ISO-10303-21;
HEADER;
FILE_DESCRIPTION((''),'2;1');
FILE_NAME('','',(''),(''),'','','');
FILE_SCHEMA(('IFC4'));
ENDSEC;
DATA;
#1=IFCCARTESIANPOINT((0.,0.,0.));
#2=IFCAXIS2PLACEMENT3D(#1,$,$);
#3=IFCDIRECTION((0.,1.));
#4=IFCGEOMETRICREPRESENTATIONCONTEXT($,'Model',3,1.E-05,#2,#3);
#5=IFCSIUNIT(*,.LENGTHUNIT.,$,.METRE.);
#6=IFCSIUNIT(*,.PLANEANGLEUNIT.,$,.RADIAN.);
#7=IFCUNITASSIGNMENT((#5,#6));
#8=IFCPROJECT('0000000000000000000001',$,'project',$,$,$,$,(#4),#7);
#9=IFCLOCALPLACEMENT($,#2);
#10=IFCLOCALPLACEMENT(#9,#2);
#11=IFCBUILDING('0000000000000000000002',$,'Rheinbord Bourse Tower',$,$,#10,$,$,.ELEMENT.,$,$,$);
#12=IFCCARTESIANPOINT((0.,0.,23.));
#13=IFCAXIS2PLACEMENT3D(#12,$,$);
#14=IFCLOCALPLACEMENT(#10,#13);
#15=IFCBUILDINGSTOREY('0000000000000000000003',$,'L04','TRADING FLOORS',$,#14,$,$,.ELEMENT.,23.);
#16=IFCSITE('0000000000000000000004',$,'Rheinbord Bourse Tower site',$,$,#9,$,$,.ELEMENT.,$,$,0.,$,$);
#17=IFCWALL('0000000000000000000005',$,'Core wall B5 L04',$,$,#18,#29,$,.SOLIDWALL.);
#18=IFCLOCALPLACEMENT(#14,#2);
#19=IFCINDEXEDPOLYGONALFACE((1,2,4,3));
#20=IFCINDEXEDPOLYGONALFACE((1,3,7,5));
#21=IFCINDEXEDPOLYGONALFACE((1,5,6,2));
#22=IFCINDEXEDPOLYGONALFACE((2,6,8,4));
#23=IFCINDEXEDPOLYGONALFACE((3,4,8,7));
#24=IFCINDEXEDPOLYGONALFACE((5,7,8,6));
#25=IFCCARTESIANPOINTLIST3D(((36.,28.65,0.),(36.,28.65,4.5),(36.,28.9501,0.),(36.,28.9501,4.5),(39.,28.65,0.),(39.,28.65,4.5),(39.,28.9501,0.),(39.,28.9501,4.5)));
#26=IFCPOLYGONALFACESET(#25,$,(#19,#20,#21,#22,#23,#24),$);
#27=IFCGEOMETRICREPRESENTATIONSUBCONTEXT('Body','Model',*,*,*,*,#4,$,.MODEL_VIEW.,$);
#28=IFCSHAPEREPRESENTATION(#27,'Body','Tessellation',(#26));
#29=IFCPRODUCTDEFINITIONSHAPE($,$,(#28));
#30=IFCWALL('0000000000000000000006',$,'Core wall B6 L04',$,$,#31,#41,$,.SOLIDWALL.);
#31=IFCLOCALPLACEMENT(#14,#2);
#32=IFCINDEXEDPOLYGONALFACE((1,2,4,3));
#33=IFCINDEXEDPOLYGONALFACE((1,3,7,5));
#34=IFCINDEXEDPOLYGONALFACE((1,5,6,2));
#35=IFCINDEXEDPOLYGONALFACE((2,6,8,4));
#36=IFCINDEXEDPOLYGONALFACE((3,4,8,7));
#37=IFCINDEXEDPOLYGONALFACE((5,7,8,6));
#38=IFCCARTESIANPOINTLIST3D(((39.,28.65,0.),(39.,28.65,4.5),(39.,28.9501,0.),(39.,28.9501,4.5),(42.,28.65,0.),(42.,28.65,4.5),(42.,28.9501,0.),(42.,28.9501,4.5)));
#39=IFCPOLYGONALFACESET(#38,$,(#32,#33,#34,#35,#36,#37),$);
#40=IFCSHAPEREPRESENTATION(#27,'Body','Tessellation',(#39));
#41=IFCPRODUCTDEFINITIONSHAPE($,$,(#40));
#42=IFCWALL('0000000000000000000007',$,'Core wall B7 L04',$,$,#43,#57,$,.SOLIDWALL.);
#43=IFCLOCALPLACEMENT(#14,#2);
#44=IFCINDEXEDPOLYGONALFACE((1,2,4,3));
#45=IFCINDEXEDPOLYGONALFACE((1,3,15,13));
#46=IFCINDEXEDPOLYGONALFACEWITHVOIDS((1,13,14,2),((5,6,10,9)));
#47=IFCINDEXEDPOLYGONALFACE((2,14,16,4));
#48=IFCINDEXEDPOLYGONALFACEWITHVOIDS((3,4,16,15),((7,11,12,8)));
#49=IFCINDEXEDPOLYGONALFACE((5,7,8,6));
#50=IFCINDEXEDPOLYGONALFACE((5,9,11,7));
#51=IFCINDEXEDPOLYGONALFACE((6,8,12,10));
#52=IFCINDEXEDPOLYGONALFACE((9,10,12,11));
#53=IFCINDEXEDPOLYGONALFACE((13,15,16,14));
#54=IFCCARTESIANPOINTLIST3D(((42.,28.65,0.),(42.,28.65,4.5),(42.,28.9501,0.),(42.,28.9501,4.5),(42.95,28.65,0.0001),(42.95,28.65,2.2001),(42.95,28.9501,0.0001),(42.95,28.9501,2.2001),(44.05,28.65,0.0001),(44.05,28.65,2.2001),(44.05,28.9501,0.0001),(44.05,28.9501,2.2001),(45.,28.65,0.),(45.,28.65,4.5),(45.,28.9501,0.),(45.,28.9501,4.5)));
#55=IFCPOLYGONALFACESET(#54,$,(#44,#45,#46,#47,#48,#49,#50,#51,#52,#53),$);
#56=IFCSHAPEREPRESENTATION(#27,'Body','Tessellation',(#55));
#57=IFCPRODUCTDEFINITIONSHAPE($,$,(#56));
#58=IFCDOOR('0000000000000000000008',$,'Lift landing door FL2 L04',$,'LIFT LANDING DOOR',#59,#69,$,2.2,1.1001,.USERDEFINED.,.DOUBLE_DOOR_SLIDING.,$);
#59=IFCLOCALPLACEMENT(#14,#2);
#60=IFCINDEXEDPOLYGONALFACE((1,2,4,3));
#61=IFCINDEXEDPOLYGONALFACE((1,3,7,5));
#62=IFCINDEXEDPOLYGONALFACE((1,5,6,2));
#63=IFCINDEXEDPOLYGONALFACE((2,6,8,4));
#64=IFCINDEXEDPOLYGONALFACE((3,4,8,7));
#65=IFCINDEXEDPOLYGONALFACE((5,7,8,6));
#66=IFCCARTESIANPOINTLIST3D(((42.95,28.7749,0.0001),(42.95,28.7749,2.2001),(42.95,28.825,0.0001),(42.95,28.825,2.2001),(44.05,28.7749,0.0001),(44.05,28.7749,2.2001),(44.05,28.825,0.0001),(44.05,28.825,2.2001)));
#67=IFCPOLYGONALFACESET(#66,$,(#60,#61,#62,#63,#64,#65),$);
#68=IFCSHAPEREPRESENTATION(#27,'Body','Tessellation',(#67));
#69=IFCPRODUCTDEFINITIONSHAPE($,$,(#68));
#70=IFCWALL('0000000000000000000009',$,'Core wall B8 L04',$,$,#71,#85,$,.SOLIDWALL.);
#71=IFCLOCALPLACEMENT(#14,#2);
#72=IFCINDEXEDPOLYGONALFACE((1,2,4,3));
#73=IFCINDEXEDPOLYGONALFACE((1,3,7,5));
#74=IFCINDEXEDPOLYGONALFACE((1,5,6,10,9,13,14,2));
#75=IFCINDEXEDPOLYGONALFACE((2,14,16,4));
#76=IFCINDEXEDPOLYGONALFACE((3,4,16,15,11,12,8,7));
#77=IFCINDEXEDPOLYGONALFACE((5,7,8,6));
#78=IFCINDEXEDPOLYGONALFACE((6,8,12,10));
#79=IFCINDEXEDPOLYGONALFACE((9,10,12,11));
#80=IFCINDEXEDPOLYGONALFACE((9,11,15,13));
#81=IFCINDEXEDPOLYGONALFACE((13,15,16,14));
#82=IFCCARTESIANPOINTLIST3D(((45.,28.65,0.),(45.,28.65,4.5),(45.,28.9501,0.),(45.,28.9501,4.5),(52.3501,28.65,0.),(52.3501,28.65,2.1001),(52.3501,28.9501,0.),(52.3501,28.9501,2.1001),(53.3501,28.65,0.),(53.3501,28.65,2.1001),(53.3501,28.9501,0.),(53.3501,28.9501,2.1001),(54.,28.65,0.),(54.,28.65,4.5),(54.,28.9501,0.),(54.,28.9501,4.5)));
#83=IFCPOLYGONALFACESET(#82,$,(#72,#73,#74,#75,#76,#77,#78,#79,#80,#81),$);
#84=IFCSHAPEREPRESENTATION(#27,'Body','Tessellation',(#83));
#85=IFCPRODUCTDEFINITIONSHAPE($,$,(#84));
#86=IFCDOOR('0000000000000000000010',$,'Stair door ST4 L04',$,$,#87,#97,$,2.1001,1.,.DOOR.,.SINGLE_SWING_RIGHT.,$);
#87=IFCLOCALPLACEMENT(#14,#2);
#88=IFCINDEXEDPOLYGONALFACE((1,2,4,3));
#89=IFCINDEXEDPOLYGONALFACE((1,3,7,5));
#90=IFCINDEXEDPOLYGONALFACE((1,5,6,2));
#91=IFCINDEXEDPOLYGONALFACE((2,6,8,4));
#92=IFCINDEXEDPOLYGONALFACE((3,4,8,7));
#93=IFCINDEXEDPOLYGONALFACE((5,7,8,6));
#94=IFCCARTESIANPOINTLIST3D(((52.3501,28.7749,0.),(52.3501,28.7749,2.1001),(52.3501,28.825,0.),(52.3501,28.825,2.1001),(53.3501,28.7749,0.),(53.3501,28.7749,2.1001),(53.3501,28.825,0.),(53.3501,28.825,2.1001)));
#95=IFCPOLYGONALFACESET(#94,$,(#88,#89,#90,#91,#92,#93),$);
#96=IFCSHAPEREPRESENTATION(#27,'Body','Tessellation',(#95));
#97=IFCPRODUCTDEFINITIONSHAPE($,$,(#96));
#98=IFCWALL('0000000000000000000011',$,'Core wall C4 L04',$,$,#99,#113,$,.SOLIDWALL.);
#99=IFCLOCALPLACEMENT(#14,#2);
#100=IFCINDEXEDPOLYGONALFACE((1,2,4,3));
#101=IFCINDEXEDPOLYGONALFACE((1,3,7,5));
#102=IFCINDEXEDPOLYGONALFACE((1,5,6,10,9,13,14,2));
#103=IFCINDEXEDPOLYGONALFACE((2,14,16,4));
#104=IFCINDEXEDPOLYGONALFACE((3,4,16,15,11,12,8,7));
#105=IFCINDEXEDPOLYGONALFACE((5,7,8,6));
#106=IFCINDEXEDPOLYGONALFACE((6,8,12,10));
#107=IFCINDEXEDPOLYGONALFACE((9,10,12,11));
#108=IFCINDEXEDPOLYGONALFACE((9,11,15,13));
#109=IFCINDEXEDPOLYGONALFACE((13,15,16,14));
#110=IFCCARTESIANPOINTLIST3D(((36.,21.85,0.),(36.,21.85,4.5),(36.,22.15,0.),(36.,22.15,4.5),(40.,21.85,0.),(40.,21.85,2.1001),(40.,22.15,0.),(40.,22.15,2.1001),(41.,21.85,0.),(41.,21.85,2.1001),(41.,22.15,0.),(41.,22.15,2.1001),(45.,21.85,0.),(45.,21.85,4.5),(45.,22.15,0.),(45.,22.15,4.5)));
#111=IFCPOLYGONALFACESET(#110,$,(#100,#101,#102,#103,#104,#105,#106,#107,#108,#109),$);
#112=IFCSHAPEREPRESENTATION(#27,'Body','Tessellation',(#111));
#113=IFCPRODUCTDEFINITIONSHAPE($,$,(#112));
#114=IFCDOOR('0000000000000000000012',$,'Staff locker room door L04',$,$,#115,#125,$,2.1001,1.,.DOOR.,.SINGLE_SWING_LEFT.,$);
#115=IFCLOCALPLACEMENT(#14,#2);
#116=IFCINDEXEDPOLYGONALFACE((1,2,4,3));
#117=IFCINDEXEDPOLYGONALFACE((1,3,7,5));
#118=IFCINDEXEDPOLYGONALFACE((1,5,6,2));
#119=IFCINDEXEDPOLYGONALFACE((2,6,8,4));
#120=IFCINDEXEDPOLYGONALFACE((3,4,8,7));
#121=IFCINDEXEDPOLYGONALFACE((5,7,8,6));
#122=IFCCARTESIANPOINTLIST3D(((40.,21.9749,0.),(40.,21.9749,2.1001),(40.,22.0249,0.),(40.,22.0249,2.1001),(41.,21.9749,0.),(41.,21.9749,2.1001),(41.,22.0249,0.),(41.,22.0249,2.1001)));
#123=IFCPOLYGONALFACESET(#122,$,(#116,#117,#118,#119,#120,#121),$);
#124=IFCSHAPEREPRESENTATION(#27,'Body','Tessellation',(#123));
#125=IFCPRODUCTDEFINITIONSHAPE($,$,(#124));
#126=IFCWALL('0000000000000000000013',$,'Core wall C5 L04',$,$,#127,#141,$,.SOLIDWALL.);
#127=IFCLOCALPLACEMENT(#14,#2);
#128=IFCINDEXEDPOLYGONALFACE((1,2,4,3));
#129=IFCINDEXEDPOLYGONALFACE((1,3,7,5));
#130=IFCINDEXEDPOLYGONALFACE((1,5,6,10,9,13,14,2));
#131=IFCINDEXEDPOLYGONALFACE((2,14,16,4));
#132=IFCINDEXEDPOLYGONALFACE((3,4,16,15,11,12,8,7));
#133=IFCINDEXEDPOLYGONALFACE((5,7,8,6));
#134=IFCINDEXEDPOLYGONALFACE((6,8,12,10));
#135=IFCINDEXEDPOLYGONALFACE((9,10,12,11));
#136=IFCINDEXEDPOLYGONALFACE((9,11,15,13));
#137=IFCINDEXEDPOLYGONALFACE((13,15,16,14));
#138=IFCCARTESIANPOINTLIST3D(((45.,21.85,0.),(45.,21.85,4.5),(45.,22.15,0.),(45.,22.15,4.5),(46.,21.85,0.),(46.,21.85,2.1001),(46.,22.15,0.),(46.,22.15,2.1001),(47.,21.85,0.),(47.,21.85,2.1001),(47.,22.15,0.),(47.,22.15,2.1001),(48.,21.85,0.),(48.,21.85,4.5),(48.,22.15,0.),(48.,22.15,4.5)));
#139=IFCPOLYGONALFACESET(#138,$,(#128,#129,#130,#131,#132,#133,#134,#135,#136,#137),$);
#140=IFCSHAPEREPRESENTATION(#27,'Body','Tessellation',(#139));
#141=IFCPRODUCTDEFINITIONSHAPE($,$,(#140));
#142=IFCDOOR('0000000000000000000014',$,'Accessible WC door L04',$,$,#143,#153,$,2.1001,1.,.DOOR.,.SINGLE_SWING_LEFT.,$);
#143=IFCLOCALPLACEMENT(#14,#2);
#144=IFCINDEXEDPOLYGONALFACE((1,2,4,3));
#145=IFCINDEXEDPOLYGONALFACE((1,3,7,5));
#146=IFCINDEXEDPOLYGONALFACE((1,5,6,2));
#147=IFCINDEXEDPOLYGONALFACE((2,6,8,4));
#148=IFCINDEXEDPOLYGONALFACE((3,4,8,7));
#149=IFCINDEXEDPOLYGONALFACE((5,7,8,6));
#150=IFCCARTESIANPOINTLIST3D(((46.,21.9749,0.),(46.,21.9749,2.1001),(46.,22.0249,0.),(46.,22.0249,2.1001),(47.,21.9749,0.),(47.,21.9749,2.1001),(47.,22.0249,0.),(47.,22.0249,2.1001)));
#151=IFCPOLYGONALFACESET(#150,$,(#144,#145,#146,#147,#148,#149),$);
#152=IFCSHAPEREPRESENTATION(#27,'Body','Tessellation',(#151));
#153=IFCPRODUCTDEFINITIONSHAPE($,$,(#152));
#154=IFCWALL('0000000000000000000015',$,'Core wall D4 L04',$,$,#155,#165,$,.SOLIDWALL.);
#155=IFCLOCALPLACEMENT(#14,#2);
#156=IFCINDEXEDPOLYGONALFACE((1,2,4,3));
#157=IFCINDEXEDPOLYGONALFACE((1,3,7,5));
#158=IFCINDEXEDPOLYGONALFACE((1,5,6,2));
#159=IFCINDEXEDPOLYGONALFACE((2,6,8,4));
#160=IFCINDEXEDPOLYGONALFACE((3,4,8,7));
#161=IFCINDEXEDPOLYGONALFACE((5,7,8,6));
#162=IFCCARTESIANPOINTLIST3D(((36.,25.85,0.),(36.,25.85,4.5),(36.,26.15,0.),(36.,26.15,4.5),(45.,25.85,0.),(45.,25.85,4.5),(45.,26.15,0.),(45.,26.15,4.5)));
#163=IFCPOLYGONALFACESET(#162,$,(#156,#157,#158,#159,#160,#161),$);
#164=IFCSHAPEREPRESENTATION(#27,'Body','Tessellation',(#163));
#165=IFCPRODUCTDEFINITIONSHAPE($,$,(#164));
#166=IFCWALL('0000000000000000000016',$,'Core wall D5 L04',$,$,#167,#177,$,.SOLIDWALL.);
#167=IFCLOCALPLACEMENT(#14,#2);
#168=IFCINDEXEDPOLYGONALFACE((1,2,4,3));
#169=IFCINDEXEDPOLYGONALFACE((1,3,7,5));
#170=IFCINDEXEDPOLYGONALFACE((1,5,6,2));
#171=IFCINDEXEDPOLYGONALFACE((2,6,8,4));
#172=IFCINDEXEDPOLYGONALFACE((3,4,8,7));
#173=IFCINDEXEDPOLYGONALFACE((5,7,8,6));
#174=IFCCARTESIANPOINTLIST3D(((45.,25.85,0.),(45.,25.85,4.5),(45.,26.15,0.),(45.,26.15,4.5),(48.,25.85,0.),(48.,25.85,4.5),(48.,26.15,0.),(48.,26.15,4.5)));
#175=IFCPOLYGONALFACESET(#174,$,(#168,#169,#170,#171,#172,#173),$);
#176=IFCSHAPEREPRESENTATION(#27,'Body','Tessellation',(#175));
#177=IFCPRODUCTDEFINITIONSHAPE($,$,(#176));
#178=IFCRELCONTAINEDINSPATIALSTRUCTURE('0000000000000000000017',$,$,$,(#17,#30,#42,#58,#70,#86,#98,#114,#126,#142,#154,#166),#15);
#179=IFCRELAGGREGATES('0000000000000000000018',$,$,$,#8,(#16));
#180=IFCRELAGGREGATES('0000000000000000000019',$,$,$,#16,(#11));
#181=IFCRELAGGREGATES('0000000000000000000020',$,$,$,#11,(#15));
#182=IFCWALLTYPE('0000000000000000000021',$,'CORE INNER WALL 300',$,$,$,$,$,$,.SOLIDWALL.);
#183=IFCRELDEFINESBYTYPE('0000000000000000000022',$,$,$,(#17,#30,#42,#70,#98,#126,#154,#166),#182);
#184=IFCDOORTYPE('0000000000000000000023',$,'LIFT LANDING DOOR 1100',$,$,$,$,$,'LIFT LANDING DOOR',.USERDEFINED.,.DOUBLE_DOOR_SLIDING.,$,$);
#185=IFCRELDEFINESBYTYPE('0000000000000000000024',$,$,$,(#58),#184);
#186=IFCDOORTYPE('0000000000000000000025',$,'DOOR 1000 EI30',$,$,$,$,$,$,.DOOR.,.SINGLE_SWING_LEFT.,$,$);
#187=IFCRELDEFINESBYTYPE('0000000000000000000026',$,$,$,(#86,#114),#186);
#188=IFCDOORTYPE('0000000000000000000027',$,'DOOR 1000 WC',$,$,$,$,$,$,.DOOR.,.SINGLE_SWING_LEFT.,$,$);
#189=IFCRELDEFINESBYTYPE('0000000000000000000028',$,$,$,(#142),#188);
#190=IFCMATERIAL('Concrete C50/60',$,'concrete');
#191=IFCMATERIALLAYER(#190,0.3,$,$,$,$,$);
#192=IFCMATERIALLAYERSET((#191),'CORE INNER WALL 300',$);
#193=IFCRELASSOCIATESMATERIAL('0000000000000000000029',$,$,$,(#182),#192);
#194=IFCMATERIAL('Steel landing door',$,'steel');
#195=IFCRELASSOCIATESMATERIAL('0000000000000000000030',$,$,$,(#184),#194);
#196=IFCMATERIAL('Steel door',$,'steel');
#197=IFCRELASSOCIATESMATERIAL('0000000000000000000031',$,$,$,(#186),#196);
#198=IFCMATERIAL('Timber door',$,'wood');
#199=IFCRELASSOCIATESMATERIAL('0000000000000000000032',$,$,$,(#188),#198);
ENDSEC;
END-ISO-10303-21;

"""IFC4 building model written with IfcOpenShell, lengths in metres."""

from ifc_helpers import new_model, si_unit, direction, frame, frame_2d, origin, place, context, subcontext, project, spatial, rectangle, extrude, material, layer, layer_set, type_object, element, fill, save


model = new_model("IFC4")

# Units and contexts
model_context = context("Model", 3, precision=1e-05, world=origin(), true_north=direction((0.0, 1.0)))
body_context = subcontext(model_context, "Body", "Model", "MODEL_VIEW")
ifc_project = project(units=[si_unit("LENGTHUNIT", "METRE"), si_unit("PLANEANGLEUNIT", "RADIAN")], contexts=[model_context])

# Site, building, storey
site_placement = place(None, origin())
site = spatial("IfcSite", under=ifc_project, at=site_placement, Name="Rheinbord Bourse Tower site", CompositionType="ELEMENT", RefElevation=0.0)
building_placement = place(site_placement, origin())
building = spatial("IfcBuilding", under=site, at=building_placement, Name="Rheinbord Bourse Tower", CompositionType="ELEMENT")
storey_placement = place(building_placement, frame((0.0, 0.0, 23.0)))
storey = spatial("IfcBuildingStorey", under=building, at=storey_placement, Name="L04", Description="TRADING FLOORS", CompositionType="ELEMENT", Elevation=23.0)

# Walls
ifc_material_1 = material(Name="Concrete C50/60", Category="concrete")
ifc_layer_1 = layer(ifc_material_1, 0.3)
ifc_layer_set_1 = layer_set([ifc_layer_1], Name="CORE INNER WALL 300")
wall_type_1 = type_object("IfcWallType", Name="CORE INNER WALL 300", PredefinedType="SOLIDWALL", material=ifc_layer_set_1)
for number, where, z_axis, x_axis, name in (
    (1, (36.0, 28.8, 0.0), (0.0, 0.0, 1.0), (1.0, 0.0, 0.0), "Core wall B5 L04"),
    (2, (39.0, 28.8, 0.0), (0.0, 0.0, 1.0), (1.0, 0.0, 0.0), "Core wall B6 L04"),
):
    element("IfcWall", number, at=place(storey_placement, frame(where, z_axis=z_axis, x_axis=x_axis)), inside=storey, type_object=wall_type_1, Name=name, PredefinedType="SOLIDWALL", context=body_context, shape_type="SweptSolid", body=[
        extrude(rectangle(XDim=3.0, YDim=0.3, at=frame_2d((1.5, 0.0))), origin(), (0.0, 0.0, 1.0), 4.5),
    ])

# Walls, openings, doors
wall_1_placement = place(storey_placement, frame((42.0, 28.8, 0.0), z_axis=(0.0, 0.0, 1.0), x_axis=(1.0, 0.0, 0.0)))
wall_1 = element("IfcWall", 3, at=wall_1_placement, inside=storey, type_object=wall_type_1, Name="Core wall B7 L04", PredefinedType="SOLIDWALL", context=body_context, shape_type="SweptSolid", body=[
    extrude(rectangle(XDim=3.0, YDim=0.3, at=frame_2d((1.5, 0.0))), origin(), (0.0, 0.0, 1.0), 4.5),
])
opening_1_placement = place(wall_1_placement, frame((0.95, 0.0, 0.0)))
opening_1 = element("IfcOpeningElement", 4, at=opening_1_placement, cuts=wall_1, PredefinedType="OPENING", context=body_context, shape_type="SweptSolid", body=[
    extrude(rectangle(XDim=1.1001, YDim=2.2, at=frame_2d((0.55, 1.1001))), frame((0.0, 0.1599, 0.0), z_axis=(0.0, -1.0, 0.0), x_axis=(1.0, 0.0, 0.0)), (0.0, 0.0, 1.0), 0.3201),
])
ifc_material_2 = material(Name="Steel landing door", Category="steel")
door_type_1 = type_object("IfcDoorType", Name="LIFT LANDING DOOR 1100", ElementType="LIFT LANDING DOOR", OperationType="DOUBLE_DOOR_SLIDING", PredefinedType="USERDEFINED", material=ifc_material_2)
door_1_placement = place(opening_1_placement, origin())
door_1 = element("IfcDoor", 5, at=door_1_placement, inside=storey, type_object=door_type_1, Name="Lift landing door FL2 L04", ObjectType="LIFT LANDING DOOR", OperationType="DOUBLE_DOOR_SLIDING", OverallHeight=2.2, OverallWidth=1.1001, PredefinedType="USERDEFINED", context=body_context, shape_type="SweptSolid", body=[
    extrude(rectangle(XDim=1.1001, YDim=2.2, at=frame_2d((0.55, 1.1001))), frame((0.0, 0.0249, 0.0), z_axis=(0.0, -1.0, 0.0), x_axis=(1.0, 0.0, 0.0)), (0.0, 0.0, 1.0), 0.05),
])
fill(opening_1, door_1)
wall_2_placement = place(storey_placement, frame((45.0, 28.8, 0.0), z_axis=(0.0, 0.0, 1.0), x_axis=(1.0, 0.0, 0.0)))
wall_2 = element("IfcWall", 6, at=wall_2_placement, inside=storey, type_object=wall_type_1, Name="Core wall B8 L04", PredefinedType="SOLIDWALL", context=body_context, shape_type="SweptSolid", body=[
    extrude(rectangle(XDim=9.0, YDim=0.3, at=frame_2d((4.5, 0.0))), origin(), (0.0, 0.0, 1.0), 4.5),
])
opening_2_placement = place(wall_2_placement, frame((7.3501, 0.0, 0.0)))
opening_2 = element("IfcOpeningElement", 7, at=opening_2_placement, cuts=wall_2, PredefinedType="OPENING", context=body_context, shape_type="SweptSolid", body=[
    extrude(rectangle(XDim=1.0, YDim=2.1001, at=frame_2d((0.5, 1.05))), frame((0.0, 0.1599, 0.0), z_axis=(0.0, -1.0, 0.0), x_axis=(1.0, 0.0, 0.0)), (0.0, 0.0, 1.0), 0.3201),
])
ifc_material_3 = material(Name="Steel door", Category="steel")
door_type_2 = type_object("IfcDoorType", Name="DOOR 1000 EI30", OperationType="SINGLE_SWING_LEFT", PredefinedType="DOOR", material=ifc_material_3)
door_2_placement = place(opening_2_placement, origin())
door_2 = element("IfcDoor", 8, at=door_2_placement, inside=storey, type_object=door_type_2, Name="Stair door ST4 L04", OperationType="SINGLE_SWING_RIGHT", OverallHeight=2.1001, OverallWidth=1.0, PredefinedType="DOOR", context=body_context, shape_type="SweptSolid", body=[
    extrude(rectangle(XDim=1.0, YDim=2.1001, at=frame_2d((0.5, 1.05))), frame((0.0, 0.0249, 0.0), z_axis=(0.0, -1.0, 0.0), x_axis=(1.0, 0.0, 0.0)), (0.0, 0.0, 1.0), 0.05),
])
fill(opening_2, door_2)
wall_3_placement = place(storey_placement, frame((36.0, 22.0, 0.0), z_axis=(0.0, 0.0, 1.0), x_axis=(1.0, 0.0, 0.0)))
wall_3 = element("IfcWall", 9, at=wall_3_placement, inside=storey, type_object=wall_type_1, Name="Core wall C4 L04", PredefinedType="SOLIDWALL", context=body_context, shape_type="SweptSolid", body=[
    extrude(rectangle(XDim=9.0, YDim=0.3, at=frame_2d((4.5, 0.0))), origin(), (0.0, 0.0, 1.0), 4.5),
])
opening_3_placement = place(wall_3_placement, frame((4.0, 0.0, 0.0)))
opening_3 = element("IfcOpeningElement", 10, at=opening_3_placement, cuts=wall_3, PredefinedType="OPENING", context=body_context, shape_type="SweptSolid", body=[
    extrude(rectangle(XDim=1.0, YDim=2.1001, at=frame_2d((0.5, 1.05))), frame((0.0, 0.1599, 0.0), z_axis=(0.0, -1.0, 0.0), x_axis=(1.0, 0.0, 0.0)), (0.0, 0.0, 1.0), 0.3201),
])
door_3_placement = place(opening_3_placement, origin())
door_3 = element("IfcDoor", 11, at=door_3_placement, inside=storey, type_object=door_type_2, Name="Staff locker room door L04", OperationType="SINGLE_SWING_LEFT", OverallHeight=2.1001, OverallWidth=1.0, PredefinedType="DOOR", context=body_context, shape_type="SweptSolid", body=[
    extrude(rectangle(XDim=1.0, YDim=2.1001, at=frame_2d((0.5, 1.05))), frame((0.0, 0.0249, 0.0), z_axis=(0.0, -1.0, 0.0), x_axis=(1.0, 0.0, 0.0)), (0.0, 0.0, 1.0), 0.05),
])
fill(opening_3, door_3)
wall_4_placement = place(storey_placement, frame((45.0, 22.0, 0.0), z_axis=(0.0, 0.0, 1.0), x_axis=(1.0, 0.0, 0.0)))
wall_4 = element("IfcWall", 12, at=wall_4_placement, inside=storey, type_object=wall_type_1, Name="Core wall C5 L04", PredefinedType="SOLIDWALL", context=body_context, shape_type="SweptSolid", body=[
    extrude(rectangle(XDim=3.0, YDim=0.3, at=frame_2d((1.5, 0.0))), origin(), (0.0, 0.0, 1.0), 4.5),
])
opening_4_placement = place(wall_4_placement, frame((1.0, 0.0, 0.0)))
opening_4 = element("IfcOpeningElement", 13, at=opening_4_placement, cuts=wall_4, PredefinedType="OPENING", context=body_context, shape_type="SweptSolid", body=[
    extrude(rectangle(XDim=1.0, YDim=2.1001, at=frame_2d((0.5, 1.05))), frame((0.0, 0.1599, 0.0), z_axis=(0.0, -1.0, 0.0), x_axis=(1.0, 0.0, 0.0)), (0.0, 0.0, 1.0), 0.3201),
])
ifc_material_4 = material(Name="Timber door", Category="wood")
door_type_3 = type_object("IfcDoorType", Name="DOOR 1000 WC", OperationType="SINGLE_SWING_LEFT", PredefinedType="DOOR", material=ifc_material_4)
door_4_placement = place(opening_4_placement, origin())
door_4 = element("IfcDoor", 14, at=door_4_placement, inside=storey, type_object=door_type_3, Name="Accessible WC door L04", OperationType="SINGLE_SWING_LEFT", OverallHeight=2.1001, OverallWidth=1.0, PredefinedType="DOOR", context=body_context, shape_type="SweptSolid", body=[
    extrude(rectangle(XDim=1.0, YDim=2.1001, at=frame_2d((0.5, 1.05))), frame((0.0, 0.0249, 0.0), z_axis=(0.0, -1.0, 0.0), x_axis=(1.0, 0.0, 0.0)), (0.0, 0.0, 1.0), 0.05),
])
fill(opening_4, door_4)

# Walls
wall_5_placement = place(storey_placement, frame((36.0, 26.0, 0.0), z_axis=(0.0, 0.0, 1.0), x_axis=(1.0, 0.0, 0.0)))
element("IfcWall", 15, at=wall_5_placement, inside=storey, type_object=wall_type_1, Name="Core wall D4 L04", PredefinedType="SOLIDWALL", context=body_context, shape_type="SweptSolid", body=[
    extrude(rectangle(XDim=9.0, YDim=0.3, at=frame_2d((4.5, 0.0))), origin(), (0.0, 0.0, 1.0), 4.5),
])
wall_6_placement = place(storey_placement, frame((45.0, 26.0, 0.0), z_axis=(0.0, 0.0, 1.0), x_axis=(1.0, 0.0, 0.0)))
element("IfcWall", 16, at=wall_6_placement, inside=storey, type_object=wall_type_1, Name="Core wall D5 L04", PredefinedType="SOLIDWALL", context=body_context, shape_type="SweptSolid", body=[
    extrude(rectangle(XDim=3.0, YDim=0.3, at=frame_2d((1.5, 0.0))), origin(), (0.0, 0.0, 1.0), 4.5),
])

save(model, "model.ifc")
